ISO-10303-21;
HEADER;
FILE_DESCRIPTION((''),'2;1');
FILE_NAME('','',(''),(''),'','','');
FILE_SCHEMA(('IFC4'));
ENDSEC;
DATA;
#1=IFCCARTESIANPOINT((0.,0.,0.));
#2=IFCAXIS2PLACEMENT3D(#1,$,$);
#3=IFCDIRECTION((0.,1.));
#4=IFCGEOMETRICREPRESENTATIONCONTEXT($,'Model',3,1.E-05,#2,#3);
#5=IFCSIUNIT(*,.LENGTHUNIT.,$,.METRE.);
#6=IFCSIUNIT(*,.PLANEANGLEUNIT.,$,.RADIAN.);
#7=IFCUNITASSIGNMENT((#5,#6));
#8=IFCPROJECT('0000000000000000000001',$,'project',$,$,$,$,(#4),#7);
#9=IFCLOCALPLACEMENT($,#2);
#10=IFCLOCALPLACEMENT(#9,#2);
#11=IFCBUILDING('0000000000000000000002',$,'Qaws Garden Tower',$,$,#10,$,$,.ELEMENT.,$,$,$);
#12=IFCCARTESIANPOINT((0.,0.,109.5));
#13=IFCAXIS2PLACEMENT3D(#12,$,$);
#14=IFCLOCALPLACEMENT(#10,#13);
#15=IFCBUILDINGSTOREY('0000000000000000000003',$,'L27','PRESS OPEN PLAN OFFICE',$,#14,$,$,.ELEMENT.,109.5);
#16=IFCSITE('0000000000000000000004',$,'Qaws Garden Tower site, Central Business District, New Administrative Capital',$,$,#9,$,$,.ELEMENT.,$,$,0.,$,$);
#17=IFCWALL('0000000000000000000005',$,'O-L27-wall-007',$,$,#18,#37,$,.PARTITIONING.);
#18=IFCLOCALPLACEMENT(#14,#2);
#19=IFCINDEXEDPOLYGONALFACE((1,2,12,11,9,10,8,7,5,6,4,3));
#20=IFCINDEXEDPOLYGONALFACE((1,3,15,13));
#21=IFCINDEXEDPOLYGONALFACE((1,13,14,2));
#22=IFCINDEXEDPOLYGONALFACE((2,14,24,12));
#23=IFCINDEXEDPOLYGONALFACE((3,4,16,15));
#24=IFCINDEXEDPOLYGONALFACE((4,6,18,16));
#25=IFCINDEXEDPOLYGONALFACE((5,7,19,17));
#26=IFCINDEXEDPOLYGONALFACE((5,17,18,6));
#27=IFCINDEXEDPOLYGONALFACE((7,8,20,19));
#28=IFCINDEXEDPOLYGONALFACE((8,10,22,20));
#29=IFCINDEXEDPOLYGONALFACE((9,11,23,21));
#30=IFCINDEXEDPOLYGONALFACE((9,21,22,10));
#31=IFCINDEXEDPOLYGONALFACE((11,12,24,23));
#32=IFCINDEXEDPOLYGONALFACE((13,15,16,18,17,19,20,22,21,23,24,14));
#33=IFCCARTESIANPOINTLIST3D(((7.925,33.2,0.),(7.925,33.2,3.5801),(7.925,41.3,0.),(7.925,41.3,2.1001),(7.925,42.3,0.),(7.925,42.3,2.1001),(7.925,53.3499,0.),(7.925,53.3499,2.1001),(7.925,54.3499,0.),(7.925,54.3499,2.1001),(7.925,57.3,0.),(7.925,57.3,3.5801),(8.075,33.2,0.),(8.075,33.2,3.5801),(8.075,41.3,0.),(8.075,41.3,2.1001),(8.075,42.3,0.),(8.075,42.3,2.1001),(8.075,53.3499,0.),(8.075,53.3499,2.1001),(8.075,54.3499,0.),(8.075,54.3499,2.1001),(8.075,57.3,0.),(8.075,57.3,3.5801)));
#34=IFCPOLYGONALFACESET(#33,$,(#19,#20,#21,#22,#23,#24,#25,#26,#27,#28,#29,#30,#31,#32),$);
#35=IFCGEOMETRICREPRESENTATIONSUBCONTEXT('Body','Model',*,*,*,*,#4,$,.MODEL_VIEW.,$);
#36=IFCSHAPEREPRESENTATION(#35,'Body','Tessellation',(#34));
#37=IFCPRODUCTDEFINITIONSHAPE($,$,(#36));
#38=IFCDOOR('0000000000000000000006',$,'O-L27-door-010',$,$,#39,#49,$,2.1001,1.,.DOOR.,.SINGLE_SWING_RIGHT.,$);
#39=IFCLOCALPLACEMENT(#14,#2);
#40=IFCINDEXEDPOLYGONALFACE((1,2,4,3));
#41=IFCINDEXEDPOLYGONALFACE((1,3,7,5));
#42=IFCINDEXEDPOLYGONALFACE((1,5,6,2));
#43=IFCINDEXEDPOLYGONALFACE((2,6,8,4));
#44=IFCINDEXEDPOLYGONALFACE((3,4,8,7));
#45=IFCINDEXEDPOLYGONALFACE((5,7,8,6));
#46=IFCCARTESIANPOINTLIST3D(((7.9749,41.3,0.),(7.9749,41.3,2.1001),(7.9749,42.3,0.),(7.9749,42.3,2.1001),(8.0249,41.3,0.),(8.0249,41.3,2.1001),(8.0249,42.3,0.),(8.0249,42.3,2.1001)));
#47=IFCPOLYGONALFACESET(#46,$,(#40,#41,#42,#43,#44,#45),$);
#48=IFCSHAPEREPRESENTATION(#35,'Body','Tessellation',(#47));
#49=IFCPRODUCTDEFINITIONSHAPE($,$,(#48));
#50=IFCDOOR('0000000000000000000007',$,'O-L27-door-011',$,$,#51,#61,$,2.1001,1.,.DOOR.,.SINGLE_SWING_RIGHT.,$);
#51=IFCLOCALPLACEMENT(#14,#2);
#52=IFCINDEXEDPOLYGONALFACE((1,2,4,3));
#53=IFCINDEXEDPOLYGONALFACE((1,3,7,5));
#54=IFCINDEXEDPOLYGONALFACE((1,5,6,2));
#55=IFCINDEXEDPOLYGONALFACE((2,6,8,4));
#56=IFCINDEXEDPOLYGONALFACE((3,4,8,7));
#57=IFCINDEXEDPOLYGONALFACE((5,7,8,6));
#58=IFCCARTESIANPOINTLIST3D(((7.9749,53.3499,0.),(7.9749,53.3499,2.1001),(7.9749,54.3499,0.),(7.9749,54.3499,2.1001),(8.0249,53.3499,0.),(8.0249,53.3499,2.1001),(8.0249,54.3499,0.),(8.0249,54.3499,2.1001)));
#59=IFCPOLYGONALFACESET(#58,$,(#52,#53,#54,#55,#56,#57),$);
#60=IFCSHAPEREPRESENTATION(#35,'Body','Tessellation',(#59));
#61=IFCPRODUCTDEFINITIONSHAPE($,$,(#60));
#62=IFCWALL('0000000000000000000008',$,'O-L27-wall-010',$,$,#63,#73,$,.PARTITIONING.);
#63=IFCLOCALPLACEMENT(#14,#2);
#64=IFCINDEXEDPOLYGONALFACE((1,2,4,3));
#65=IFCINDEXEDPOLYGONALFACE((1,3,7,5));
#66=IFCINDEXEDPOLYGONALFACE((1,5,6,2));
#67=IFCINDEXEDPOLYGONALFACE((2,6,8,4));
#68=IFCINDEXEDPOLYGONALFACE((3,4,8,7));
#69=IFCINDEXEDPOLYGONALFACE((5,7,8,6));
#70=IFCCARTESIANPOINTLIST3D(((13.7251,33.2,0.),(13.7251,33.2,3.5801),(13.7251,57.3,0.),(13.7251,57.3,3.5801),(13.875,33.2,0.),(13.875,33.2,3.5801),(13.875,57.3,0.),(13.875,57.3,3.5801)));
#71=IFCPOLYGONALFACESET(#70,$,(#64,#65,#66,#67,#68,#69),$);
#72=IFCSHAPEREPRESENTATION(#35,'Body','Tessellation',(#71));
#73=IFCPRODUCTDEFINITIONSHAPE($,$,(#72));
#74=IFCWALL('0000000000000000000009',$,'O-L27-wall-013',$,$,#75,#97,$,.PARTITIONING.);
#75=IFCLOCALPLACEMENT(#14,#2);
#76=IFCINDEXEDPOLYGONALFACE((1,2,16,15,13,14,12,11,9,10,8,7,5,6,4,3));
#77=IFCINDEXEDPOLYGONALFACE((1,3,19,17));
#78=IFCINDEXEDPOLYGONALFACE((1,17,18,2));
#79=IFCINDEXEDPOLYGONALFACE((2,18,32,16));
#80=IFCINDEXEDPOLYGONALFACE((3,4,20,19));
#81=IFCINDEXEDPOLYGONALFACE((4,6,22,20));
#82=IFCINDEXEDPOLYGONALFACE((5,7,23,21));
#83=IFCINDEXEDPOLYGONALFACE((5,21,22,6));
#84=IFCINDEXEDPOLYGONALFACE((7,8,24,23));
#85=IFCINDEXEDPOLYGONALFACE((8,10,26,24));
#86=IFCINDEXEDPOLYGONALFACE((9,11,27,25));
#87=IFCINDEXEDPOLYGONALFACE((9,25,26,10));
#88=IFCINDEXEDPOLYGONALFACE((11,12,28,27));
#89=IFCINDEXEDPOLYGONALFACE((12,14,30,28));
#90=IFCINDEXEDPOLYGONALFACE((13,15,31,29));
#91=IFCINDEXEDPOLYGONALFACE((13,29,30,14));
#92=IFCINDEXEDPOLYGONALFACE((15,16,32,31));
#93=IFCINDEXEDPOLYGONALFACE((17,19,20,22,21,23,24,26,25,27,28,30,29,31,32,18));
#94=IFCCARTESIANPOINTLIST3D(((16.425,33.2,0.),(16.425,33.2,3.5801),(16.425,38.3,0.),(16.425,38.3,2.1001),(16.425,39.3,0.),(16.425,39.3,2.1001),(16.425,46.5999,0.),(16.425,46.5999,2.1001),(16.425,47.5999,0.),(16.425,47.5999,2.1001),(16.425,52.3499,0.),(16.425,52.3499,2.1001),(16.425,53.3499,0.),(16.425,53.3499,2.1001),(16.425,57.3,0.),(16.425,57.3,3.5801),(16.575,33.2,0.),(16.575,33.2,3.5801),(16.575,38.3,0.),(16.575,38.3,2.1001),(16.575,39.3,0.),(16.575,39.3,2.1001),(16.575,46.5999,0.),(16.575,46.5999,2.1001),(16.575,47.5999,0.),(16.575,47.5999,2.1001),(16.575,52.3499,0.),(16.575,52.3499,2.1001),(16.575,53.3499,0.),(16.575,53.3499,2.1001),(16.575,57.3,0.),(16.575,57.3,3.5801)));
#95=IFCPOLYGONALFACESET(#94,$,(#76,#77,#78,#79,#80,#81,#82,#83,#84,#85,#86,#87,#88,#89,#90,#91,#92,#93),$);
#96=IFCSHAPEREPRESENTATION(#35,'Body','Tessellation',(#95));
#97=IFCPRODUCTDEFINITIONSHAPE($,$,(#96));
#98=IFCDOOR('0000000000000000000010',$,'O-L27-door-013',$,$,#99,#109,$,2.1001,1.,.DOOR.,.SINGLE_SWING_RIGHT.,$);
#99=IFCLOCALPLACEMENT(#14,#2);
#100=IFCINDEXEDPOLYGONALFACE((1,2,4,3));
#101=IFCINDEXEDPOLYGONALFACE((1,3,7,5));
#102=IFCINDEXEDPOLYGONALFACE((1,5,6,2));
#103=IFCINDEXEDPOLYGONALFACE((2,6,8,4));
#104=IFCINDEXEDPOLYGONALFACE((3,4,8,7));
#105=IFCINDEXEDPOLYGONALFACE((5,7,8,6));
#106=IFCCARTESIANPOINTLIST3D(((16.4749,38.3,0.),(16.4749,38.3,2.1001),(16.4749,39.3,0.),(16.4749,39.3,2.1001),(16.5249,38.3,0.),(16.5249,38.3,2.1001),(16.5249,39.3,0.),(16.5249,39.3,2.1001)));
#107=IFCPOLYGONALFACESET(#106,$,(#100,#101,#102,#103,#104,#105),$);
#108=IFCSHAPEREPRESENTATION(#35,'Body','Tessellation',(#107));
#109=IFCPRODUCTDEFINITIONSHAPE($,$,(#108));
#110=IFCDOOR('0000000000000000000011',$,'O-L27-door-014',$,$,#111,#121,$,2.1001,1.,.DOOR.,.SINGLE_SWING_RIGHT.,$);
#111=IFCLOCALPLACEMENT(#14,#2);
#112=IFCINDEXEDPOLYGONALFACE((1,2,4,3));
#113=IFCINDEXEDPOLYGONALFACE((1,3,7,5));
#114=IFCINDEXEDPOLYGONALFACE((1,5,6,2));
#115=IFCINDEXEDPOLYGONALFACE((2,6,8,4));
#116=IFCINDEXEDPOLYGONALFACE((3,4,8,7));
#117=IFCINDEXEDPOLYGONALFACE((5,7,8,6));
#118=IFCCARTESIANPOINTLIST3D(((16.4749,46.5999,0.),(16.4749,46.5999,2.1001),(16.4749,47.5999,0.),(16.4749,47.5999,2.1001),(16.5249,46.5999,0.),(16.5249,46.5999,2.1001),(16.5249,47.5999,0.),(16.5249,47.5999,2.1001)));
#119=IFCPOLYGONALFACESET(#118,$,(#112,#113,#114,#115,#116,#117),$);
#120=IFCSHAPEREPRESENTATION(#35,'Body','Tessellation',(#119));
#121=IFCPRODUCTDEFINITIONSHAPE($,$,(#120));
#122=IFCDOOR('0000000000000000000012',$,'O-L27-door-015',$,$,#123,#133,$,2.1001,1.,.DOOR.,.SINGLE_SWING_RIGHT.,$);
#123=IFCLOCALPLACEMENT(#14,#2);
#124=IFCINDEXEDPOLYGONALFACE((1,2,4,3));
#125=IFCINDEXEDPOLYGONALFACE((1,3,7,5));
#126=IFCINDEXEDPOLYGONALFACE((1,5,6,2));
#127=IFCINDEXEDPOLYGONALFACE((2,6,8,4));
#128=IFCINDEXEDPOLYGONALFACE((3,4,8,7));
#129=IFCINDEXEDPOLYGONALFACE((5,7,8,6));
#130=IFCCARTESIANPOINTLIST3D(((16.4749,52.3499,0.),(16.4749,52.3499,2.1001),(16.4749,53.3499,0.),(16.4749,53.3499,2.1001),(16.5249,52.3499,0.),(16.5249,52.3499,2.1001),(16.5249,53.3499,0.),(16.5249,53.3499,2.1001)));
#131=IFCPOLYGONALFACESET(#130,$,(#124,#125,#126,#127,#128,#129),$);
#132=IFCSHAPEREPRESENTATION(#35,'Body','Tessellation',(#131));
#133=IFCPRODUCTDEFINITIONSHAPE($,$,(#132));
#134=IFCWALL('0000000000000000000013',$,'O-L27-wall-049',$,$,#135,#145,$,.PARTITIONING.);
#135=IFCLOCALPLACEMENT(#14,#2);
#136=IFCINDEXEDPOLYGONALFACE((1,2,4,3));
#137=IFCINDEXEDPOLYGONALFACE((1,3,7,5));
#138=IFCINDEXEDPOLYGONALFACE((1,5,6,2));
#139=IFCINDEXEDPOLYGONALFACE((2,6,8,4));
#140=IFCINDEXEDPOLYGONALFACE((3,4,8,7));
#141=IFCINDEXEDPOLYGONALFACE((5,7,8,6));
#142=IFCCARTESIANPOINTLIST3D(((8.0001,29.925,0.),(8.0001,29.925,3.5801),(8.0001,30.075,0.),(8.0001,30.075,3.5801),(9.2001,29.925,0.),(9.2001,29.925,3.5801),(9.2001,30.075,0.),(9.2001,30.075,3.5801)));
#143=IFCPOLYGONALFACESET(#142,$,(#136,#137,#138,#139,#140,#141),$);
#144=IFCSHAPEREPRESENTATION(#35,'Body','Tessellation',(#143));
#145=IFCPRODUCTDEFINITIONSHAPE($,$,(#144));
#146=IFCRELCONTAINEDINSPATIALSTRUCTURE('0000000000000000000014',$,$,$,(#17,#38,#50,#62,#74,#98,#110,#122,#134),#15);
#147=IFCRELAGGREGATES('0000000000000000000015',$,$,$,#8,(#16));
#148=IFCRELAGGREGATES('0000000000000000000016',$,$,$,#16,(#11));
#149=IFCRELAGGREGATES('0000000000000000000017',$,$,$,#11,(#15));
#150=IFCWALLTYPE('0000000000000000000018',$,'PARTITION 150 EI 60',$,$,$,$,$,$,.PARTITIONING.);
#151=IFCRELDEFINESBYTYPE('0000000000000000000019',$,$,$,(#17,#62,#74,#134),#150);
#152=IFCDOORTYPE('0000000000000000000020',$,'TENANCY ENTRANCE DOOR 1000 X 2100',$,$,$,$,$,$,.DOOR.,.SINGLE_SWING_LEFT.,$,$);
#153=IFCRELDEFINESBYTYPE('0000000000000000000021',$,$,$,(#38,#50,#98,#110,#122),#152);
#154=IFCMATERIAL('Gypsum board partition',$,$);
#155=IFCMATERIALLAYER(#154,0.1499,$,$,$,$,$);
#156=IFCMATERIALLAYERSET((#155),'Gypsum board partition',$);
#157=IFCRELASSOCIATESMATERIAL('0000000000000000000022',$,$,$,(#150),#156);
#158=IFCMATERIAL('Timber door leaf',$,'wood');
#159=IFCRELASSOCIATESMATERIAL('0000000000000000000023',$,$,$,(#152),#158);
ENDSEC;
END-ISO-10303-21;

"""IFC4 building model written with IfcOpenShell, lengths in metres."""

from ifc_helpers import new_model, si_unit, direction, frame, frame_2d, origin, place, context, subcontext, project, spatial, rectangle, extrude, material, layer, layer_set, type_object, element, fill, save


model = new_model("IFC4")

# Units and contexts
model_context = context("Model", 3, precision=1e-05, world=origin(), true_north=direction((0.0, 1.0)))
body_context = subcontext(model_context, "Body", "Model", "MODEL_VIEW")
ifc_project = project(units=[si_unit("LENGTHUNIT", "METRE"), si_unit("PLANEANGLEUNIT", "RADIAN")], contexts=[model_context])

# Site, building, storey
site_placement = place(None, origin())
site = spatial("IfcSite", under=ifc_project, at=site_placement, Name="Qaws Garden Tower site, Central Business District, New Administrative Capital", CompositionType="ELEMENT", RefElevation=0.0)
building_placement = place(site_placement, origin())
building = spatial("IfcBuilding", under=site, at=building_placement, Name="Qaws Garden Tower", CompositionType="ELEMENT")
storey_placement = place(building_placement, frame((0.0, 0.0, 109.5)))
storey = spatial("IfcBuildingStorey", under=building, at=storey_placement, Name="L27", Description="PRESS OPEN PLAN OFFICE", CompositionType="ELEMENT", Elevation=109.5)

# Wall, openings, doors
ifc_material_1 = material(Name="Gypsum board partition")
ifc_layer_1 = layer(ifc_material_1, 0.1499)
ifc_layer_set_1 = layer_set([ifc_layer_1], Name="Gypsum board partition")
wall_type_1 = type_object("IfcWallType", Name="PARTITION 150 EI 60", PredefinedType="PARTITIONING", material=ifc_layer_set_1)
wall_1_placement = place(storey_placement, frame((8.0, 33.2, 0.0), z_axis=(0.0, 0.0, 1.0), x_axis=(0.0, 1.0, 0.0)))
wall_1 = element("IfcWall", 1, at=wall_1_placement, inside=storey, type_object=wall_type_1, Name="O-L27-wall-007", PredefinedType="PARTITIONING", context=body_context, shape_type="SweptSolid", body=[
    extrude(rectangle(XDim=24.1001, YDim=0.1499, at=frame_2d((12.05, 0.0))), origin(), (0.0, 0.0, 1.0), 3.5801),
])
opening_1_placement = place(wall_1_placement, frame((8.1001, 0.0, 0.0)))
opening_1 = element("IfcOpeningElement", 2, at=opening_1_placement, cuts=wall_1, PredefinedType="OPENING", context=body_context, shape_type="SweptSolid", body=[
    extrude(rectangle(XDim=1.0, YDim=2.1001, at=frame_2d((0.5, 1.05))), frame((0.0, 0.085, 0.0), z_axis=(0.0, -1.0, 0.0), x_axis=(1.0, 0.0, 0.0)), (0.0, 0.0, 1.0), 0.1699),
])
opening_2_placement = place(wall_1_placement, frame((20.1499, 0.0, 0.0)))
opening_2 = element("IfcOpeningElement", 3, at=opening_2_placement, cuts=wall_1, PredefinedType="OPENING", context=body_context, shape_type="SweptSolid", body=[
    extrude(rectangle(XDim=1.0, YDim=2.1001, at=frame_2d((0.5, 1.05))), frame((0.0, 0.085, 0.0), z_axis=(0.0, -1.0, 0.0), x_axis=(1.0, 0.0, 0.0)), (0.0, 0.0, 1.0), 0.1699),
])
ifc_material_2 = material(Name="Timber door leaf", Category="wood")
door_type_1 = type_object("IfcDoorType", Name="TENANCY ENTRANCE DOOR 1000 X 2100", OperationType="SINGLE_SWING_LEFT", PredefinedType="DOOR", material=ifc_material_2)
door_1_placement = place(opening_1_placement, frame((1.0, 0.0, 0.0), z_axis=(0.0, 0.0, 1.0), x_axis=(-1.0, 0.0, 0.0)))
door_1 = element("IfcDoor", 4, at=door_1_placement, inside=storey, type_object=door_type_1, Name="O-L27-door-010", OperationType="SINGLE_SWING_RIGHT", OverallHeight=2.1001, OverallWidth=1.0, PredefinedType="DOOR", context=body_context, shape_type="SweptSolid", body=[
    extrude(rectangle(XDim=1.0, YDim=2.1001, at=frame_2d((0.5, 1.05))), frame((0.0, 0.0249, 0.0), z_axis=(0.0, -1.0, 0.0), x_axis=(1.0, 0.0, 0.0)), (0.0, 0.0, 1.0), 0.05),
])
fill(opening_1, door_1)
door_2_placement = place(opening_2_placement, frame((1.0, 0.0, 0.0), z_axis=(0.0, 0.0, 1.0), x_axis=(-1.0, 0.0, 0.0)))
door_2 = element("IfcDoor", 5, at=door_2_placement, inside=storey, type_object=door_type_1, Name="O-L27-door-011", OperationType="SINGLE_SWING_RIGHT", OverallHeight=2.1001, OverallWidth=1.0, PredefinedType="DOOR", context=body_context, shape_type="SweptSolid", body=[
    extrude(rectangle(XDim=1.0, YDim=2.1001, at=frame_2d((0.5, 1.05))), frame((0.0, 0.0249, 0.0), z_axis=(0.0, -1.0, 0.0), x_axis=(1.0, 0.0, 0.0)), (0.0, 0.0, 1.0), 0.05),
])
fill(opening_2, door_2)

# Wall
wall_2_placement = place(storey_placement, frame((13.8, 33.2, 0.0), z_axis=(0.0, 0.0, 1.0), x_axis=(0.0, 1.0, 0.0)))
element("IfcWall", 6, at=wall_2_placement, inside=storey, type_object=wall_type_1, Name="O-L27-wall-010", PredefinedType="PARTITIONING", context=body_context, shape_type="SweptSolid", body=[
    extrude(rectangle(XDim=24.1001, YDim=0.1499, at=frame_2d((12.05, 0.0))), origin(), (0.0, 0.0, 1.0), 3.5801),
])

# Wall, openings, doors
wall_3_placement = place(storey_placement, frame((16.5, 33.2, 0.0), z_axis=(0.0, 0.0, 1.0), x_axis=(0.0, 1.0, 0.0)))
wall_3 = element("IfcWall", 7, at=wall_3_placement, inside=storey, type_object=wall_type_1, Name="O-L27-wall-013", PredefinedType="PARTITIONING", context=body_context, shape_type="SweptSolid", body=[
    extrude(rectangle(XDim=24.1001, YDim=0.1499, at=frame_2d((12.05, 0.0))), origin(), (0.0, 0.0, 1.0), 3.5801),
])
opening_3_placement = place(wall_3_placement, frame((5.1001, 0.0, 0.0)))
opening_3 = element("IfcOpeningElement", 8, at=opening_3_placement, cuts=wall_3, PredefinedType="OPENING", context=body_context, shape_type="SweptSolid", body=[
    extrude(rectangle(XDim=1.0, YDim=2.1001, at=frame_2d((0.5, 1.05))), frame((0.0, 0.085, 0.0), z_axis=(0.0, -1.0, 0.0), x_axis=(1.0, 0.0, 0.0)), (0.0, 0.0, 1.0), 0.1699),
])
opening_4_placement = place(wall_3_placement, frame((13.3999, 0.0, 0.0)))
opening_4 = element("IfcOpeningElement", 9, at=opening_4_placement, cuts=wall_3, PredefinedType="OPENING", context=body_context, shape_type="SweptSolid", body=[
    extrude(rectangle(XDim=1.0, YDim=2.1001, at=frame_2d((0.5, 1.05))), frame((0.0, 0.085, 0.0), z_axis=(0.0, -1.0, 0.0), x_axis=(1.0, 0.0, 0.0)), (0.0, 0.0, 1.0), 0.1699),
])
opening_5_placement = place(wall_3_placement, frame((19.1499, 0.0, 0.0)))
opening_5 = element("IfcOpeningElement", 10, at=opening_5_placement, cuts=wall_3, PredefinedType="OPENING", context=body_context, shape_type="SweptSolid", body=[
    extrude(rectangle(XDim=1.0, YDim=2.1001, at=frame_2d((0.5, 1.05))), frame((0.0, 0.085, 0.0), z_axis=(0.0, -1.0, 0.0), x_axis=(1.0, 0.0, 0.0)), (0.0, 0.0, 1.0), 0.1699),
])
door_3_placement = place(opening_3_placement, frame((1.0, 0.0, 0.0), z_axis=(0.0, 0.0, 1.0), x_axis=(-1.0, 0.0, 0.0)))
door_3 = element("IfcDoor", 11, at=door_3_placement, inside=storey, type_object=door_type_1, Name="O-L27-door-013", OperationType="SINGLE_SWING_RIGHT", OverallHeight=2.1001, OverallWidth=1.0, PredefinedType="DOOR", context=body_context, shape_type="SweptSolid", body=[
    extrude(rectangle(XDim=1.0, YDim=2.1001, at=frame_2d((0.5, 1.05))), frame((0.0, 0.0249, 0.0), z_axis=(0.0, -1.0, 0.0), x_axis=(1.0, 0.0, 0.0)), (0.0, 0.0, 1.0), 0.05),
])
fill(opening_3, door_3)
door_4_placement = place(opening_4_placement, frame((1.0, 0.0, 0.0), z_axis=(0.0, 0.0, 1.0), x_axis=(-1.0, 0.0, 0.0)))
door_4 = element("IfcDoor", 12, at=door_4_placement, inside=storey, type_object=door_type_1, Name="O-L27-door-014", OperationType="SINGLE_SWING_RIGHT", OverallHeight=2.1001, OverallWidth=1.0, PredefinedType="DOOR", context=body_context, shape_type="SweptSolid", body=[
    extrude(rectangle(XDim=1.0, YDim=2.1001, at=frame_2d((0.5, 1.05))), frame((0.0, 0.0249, 0.0), z_axis=(0.0, -1.0, 0.0), x_axis=(1.0, 0.0, 0.0)), (0.0, 0.0, 1.0), 0.05),
])
fill(opening_4, door_4)
door_5_placement = place(opening_5_placement, frame((1.0, 0.0, 0.0), z_axis=(0.0, 0.0, 1.0), x_axis=(-1.0, 0.0, 0.0)))
door_5 = element("IfcDoor", 13, at=door_5_placement, inside=storey, type_object=door_type_1, Name="O-L27-door-015", OperationType="SINGLE_SWING_RIGHT", OverallHeight=2.1001, OverallWidth=1.0, PredefinedType="DOOR", context=body_context, shape_type="SweptSolid", body=[
    extrude(rectangle(XDim=1.0, YDim=2.1001, at=frame_2d((0.5, 1.05))), frame((0.0, 0.0249, 0.0), z_axis=(0.0, -1.0, 0.0), x_axis=(1.0, 0.0, 0.0)), (0.0, 0.0, 1.0), 0.05),
])
fill(opening_5, door_5)

# Wall
wall_4_placement = place(storey_placement, frame((8.0, 30.0, 0.0), z_axis=(0.0, 0.0, 1.0), x_axis=(1.0, 0.0, 0.0)))
element("IfcWall", 14, at=wall_4_placement, inside=storey, type_object=wall_type_1, Name="O-L27-wall-049", PredefinedType="PARTITIONING", context=body_context, shape_type="SweptSolid", body=[
    extrude(rectangle(XDim=1.2, YDim=0.1499, at=frame_2d((0.6001, 0.0))), origin(), (0.0, 0.0, 1.0), 3.5801),
])

save(model, "model.ifc")
